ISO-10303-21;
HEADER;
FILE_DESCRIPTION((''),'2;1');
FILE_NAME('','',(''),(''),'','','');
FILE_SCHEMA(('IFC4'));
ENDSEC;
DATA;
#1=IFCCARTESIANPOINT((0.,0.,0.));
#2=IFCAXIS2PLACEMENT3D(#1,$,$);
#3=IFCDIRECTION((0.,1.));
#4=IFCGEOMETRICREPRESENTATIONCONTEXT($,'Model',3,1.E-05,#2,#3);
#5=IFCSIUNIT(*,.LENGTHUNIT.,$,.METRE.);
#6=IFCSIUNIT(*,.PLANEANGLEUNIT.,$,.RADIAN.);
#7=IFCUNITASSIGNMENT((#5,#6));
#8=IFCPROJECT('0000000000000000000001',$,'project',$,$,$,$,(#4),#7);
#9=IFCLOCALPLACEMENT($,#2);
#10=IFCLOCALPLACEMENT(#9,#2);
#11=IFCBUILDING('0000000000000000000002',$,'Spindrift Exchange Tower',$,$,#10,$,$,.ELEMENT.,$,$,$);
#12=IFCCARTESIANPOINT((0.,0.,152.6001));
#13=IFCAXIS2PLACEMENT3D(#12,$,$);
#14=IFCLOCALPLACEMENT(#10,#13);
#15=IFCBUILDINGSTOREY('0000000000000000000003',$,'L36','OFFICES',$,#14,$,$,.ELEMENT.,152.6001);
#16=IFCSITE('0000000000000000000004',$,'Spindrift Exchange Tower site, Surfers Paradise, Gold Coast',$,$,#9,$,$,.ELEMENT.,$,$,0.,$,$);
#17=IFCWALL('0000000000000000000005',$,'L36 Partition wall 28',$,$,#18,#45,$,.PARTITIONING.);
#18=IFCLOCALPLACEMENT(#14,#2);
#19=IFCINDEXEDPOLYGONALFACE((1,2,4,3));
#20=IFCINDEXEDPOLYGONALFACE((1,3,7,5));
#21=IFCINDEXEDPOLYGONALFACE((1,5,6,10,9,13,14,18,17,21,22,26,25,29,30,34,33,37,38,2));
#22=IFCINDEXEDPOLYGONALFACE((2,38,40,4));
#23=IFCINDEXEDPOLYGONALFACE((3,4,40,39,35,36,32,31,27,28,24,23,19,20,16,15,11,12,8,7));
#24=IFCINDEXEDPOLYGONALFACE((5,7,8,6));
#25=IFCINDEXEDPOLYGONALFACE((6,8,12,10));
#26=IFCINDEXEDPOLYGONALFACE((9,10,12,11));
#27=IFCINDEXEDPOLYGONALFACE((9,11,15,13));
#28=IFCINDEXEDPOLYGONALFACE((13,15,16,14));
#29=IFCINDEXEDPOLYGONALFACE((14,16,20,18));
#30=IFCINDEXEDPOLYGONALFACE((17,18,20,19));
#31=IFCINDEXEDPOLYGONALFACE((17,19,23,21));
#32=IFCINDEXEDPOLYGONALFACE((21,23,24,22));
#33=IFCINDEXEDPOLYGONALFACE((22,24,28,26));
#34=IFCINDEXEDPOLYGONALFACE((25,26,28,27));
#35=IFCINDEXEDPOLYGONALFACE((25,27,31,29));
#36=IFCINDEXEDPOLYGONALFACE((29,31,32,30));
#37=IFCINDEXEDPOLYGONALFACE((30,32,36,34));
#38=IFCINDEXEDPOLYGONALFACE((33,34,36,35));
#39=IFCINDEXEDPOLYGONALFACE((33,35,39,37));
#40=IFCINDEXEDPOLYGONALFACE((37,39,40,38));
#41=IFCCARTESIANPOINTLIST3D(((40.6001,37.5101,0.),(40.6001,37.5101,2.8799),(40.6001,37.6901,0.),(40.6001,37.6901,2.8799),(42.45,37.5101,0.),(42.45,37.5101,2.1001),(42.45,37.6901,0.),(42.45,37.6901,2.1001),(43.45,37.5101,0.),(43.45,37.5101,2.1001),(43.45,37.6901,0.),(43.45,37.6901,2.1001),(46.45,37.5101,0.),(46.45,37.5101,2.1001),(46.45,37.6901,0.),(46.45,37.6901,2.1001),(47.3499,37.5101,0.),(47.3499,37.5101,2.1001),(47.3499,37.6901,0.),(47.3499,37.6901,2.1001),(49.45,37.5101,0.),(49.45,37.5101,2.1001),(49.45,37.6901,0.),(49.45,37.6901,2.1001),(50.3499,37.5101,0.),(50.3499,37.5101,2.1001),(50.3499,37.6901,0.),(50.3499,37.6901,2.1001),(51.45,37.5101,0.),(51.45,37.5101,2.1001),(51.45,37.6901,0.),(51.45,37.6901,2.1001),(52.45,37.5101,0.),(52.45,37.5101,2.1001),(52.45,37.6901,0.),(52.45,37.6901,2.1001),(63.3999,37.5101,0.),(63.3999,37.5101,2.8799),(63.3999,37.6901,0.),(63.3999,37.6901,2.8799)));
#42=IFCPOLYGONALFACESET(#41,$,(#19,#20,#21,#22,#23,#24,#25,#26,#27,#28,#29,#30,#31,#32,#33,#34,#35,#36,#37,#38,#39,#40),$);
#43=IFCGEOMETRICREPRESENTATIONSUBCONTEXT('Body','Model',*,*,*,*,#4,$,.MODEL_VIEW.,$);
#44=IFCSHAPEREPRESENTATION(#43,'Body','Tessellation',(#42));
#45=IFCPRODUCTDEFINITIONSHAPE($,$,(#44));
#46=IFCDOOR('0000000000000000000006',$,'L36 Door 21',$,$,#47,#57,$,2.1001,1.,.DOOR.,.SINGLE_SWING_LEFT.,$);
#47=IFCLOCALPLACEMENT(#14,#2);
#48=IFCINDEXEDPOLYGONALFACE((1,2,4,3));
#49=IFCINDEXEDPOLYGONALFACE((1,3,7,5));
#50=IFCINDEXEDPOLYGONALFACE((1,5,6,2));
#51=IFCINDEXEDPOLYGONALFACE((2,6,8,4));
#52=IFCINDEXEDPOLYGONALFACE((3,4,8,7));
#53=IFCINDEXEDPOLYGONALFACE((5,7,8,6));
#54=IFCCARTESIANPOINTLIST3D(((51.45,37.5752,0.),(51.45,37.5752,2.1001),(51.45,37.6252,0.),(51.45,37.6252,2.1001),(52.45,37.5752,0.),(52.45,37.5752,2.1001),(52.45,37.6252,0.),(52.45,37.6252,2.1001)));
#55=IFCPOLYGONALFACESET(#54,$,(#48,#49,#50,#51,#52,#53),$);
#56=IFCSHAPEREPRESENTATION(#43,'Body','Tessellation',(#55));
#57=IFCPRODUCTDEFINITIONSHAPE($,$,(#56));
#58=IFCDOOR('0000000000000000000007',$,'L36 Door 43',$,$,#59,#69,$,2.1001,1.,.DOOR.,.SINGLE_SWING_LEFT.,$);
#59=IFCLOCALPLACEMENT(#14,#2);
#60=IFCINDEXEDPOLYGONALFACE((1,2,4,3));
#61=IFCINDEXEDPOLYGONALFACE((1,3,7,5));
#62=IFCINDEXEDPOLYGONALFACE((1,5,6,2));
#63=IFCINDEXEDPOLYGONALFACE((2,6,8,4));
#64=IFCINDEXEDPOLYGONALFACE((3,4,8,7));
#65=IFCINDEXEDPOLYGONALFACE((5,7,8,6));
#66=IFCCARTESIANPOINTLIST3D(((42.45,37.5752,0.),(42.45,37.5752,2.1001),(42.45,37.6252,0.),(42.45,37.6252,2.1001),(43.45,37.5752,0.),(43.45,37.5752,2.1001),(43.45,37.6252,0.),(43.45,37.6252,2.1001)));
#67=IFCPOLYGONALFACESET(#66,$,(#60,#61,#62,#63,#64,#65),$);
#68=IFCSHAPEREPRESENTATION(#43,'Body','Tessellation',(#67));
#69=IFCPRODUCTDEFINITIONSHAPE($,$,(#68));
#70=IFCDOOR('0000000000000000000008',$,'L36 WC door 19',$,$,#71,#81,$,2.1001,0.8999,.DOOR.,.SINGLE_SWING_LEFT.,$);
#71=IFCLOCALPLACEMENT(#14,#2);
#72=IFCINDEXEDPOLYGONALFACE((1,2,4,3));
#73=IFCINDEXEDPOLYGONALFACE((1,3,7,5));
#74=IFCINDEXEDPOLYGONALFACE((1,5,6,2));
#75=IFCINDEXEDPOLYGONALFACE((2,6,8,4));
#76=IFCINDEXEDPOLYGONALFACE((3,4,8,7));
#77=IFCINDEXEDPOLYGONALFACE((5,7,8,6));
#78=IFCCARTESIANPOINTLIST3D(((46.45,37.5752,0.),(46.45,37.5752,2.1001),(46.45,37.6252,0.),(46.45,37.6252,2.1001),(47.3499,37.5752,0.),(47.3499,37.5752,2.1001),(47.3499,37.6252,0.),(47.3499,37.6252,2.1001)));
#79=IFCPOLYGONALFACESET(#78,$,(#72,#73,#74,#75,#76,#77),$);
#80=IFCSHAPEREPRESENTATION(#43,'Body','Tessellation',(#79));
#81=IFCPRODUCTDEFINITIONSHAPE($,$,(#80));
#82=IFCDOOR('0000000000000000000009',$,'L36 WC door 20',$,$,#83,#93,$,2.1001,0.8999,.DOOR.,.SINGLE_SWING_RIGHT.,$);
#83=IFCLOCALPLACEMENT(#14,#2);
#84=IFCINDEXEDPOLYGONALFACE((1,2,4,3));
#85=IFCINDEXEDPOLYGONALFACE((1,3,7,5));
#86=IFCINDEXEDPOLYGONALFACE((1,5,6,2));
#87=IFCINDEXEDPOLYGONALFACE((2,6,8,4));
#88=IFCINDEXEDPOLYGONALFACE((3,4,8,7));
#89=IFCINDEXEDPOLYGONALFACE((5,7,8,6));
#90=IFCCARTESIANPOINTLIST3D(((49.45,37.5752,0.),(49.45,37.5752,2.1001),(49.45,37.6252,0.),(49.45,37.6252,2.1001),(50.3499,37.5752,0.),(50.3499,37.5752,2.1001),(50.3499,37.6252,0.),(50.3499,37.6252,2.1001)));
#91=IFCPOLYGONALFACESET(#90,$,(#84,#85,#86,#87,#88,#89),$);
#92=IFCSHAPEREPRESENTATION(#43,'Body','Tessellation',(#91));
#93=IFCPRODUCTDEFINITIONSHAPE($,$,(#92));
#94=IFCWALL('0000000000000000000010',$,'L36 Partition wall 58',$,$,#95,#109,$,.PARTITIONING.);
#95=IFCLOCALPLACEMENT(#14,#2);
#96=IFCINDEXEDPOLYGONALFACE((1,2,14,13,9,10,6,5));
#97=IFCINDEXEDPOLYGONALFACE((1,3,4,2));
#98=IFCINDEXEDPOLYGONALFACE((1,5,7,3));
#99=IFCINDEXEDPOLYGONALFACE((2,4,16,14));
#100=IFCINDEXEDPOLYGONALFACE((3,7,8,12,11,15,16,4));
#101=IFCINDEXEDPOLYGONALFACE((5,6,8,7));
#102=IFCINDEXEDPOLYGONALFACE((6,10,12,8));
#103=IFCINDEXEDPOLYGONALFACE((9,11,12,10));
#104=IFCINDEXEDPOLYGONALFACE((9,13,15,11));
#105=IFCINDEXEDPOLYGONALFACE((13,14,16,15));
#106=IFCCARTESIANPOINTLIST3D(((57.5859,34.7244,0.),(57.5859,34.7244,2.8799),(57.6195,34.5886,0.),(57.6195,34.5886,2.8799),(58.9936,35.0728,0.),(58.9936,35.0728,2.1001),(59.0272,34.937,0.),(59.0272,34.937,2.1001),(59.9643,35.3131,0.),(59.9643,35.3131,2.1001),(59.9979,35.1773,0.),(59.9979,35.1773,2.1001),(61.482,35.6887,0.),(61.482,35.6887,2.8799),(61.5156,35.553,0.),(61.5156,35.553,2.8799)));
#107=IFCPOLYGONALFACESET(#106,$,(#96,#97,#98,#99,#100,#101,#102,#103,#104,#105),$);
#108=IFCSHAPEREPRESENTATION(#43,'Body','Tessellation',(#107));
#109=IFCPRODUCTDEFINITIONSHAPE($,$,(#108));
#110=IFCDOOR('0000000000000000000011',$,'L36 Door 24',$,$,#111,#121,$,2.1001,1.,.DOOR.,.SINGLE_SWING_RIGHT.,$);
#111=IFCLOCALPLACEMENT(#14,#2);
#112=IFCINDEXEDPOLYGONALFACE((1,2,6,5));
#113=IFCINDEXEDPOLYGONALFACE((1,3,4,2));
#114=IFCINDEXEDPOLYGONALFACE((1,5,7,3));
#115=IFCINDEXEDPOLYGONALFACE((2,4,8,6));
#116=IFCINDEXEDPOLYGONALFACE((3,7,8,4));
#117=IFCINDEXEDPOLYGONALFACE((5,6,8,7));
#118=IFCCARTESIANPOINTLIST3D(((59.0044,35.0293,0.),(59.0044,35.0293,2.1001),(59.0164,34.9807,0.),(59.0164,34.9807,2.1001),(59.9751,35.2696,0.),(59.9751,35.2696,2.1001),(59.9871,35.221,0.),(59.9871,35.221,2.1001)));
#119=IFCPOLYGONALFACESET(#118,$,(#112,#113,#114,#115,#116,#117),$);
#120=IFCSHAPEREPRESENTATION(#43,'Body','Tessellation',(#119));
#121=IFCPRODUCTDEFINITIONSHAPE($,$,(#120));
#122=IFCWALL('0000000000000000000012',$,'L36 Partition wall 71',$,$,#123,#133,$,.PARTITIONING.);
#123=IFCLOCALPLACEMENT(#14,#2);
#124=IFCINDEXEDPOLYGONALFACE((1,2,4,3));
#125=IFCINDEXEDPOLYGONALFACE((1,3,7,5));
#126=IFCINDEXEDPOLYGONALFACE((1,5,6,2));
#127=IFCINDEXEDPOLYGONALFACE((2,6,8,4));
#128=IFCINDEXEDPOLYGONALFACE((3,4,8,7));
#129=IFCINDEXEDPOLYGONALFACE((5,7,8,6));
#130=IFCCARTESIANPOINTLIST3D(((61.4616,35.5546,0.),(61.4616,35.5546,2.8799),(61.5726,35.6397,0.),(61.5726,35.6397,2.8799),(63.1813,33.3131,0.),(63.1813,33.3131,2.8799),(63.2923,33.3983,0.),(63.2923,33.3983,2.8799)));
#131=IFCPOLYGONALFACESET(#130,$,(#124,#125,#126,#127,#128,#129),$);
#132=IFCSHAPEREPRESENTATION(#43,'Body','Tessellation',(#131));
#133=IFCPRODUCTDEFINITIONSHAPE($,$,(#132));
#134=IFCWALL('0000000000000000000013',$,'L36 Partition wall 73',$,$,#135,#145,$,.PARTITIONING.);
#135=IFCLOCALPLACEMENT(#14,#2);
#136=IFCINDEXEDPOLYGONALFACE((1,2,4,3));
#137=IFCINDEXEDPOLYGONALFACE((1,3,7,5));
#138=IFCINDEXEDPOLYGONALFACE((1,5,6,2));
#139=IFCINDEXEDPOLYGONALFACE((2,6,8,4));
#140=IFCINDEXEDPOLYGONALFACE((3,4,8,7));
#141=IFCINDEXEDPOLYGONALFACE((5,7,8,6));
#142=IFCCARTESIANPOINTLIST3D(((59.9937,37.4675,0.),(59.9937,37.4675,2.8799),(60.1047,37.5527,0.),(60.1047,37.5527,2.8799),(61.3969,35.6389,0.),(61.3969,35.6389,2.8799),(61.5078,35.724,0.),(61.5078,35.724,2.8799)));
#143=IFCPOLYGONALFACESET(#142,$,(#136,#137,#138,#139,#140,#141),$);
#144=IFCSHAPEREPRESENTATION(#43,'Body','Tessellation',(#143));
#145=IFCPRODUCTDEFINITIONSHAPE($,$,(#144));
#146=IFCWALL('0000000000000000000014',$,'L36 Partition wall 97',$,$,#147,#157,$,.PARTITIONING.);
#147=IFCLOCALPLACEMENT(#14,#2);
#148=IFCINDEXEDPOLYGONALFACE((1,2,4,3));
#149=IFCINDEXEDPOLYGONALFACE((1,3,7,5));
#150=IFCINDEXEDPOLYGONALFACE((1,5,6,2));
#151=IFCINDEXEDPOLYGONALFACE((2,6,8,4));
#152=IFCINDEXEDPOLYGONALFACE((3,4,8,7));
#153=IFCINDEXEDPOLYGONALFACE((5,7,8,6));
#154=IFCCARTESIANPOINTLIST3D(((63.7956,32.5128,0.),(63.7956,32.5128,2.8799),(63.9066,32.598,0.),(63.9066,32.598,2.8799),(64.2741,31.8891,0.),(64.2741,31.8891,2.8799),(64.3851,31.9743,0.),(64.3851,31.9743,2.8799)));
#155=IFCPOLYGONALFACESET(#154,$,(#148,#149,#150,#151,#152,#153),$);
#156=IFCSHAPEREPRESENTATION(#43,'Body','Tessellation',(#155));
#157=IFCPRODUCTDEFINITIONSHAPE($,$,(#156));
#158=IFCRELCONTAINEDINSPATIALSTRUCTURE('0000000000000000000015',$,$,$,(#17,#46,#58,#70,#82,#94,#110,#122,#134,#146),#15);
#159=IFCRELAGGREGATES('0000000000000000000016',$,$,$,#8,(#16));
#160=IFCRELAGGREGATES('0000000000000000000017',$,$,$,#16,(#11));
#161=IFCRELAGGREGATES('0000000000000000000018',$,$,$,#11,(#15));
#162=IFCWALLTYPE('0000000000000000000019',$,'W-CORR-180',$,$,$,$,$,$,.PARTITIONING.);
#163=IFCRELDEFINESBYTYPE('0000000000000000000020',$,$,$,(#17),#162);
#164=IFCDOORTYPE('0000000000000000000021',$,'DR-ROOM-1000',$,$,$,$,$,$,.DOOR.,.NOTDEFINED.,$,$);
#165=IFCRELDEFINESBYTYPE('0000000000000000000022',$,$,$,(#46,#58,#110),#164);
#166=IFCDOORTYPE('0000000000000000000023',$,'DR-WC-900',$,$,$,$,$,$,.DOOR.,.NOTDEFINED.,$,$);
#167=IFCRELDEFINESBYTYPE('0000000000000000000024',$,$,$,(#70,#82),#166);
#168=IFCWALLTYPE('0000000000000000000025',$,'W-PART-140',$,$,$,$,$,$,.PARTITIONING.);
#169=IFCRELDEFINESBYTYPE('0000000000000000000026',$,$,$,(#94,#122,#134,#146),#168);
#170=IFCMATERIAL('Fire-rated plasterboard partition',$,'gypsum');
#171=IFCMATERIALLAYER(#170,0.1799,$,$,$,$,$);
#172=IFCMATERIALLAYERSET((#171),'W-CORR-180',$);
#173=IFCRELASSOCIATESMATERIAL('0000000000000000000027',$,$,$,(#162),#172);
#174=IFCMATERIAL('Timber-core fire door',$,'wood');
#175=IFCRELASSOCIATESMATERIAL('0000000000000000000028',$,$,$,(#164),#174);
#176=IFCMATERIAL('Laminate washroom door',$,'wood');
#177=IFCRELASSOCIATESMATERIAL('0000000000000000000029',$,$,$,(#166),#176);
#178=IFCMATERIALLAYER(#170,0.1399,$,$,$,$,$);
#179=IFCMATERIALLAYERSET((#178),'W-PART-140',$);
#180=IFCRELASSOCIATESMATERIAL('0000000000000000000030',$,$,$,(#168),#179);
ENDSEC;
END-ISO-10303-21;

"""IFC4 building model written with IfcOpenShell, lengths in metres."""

from ifc_helpers import new_model, si_unit, direction, frame, frame_2d, origin, place, context, subcontext, project, spatial, rectangle, extrude, source, transform, mapped, material, layer, layer_set, type_object, element, fill, save


model = new_model("IFC4")

# Units and contexts
model_context = context("Model", 3, precision=1e-05, world=origin(), true_north=direction((0.0, 1.0)))
body_context = subcontext(model_context, "Body", "Model", "MODEL_VIEW")
ifc_project = project(units=[si_unit("LENGTHUNIT", "METRE"), si_unit("PLANEANGLEUNIT", "RADIAN")], contexts=[model_context])

# Site, building, storey
site_placement = place(None, origin())
site = spatial("IfcSite", under=ifc_project, at=site_placement, Name="Spindrift Exchange Tower site, Surfers Paradise, Gold Coast", CompositionType="ELEMENT", RefElevation=0.0)
building_placement = place(site_placement, origin())
building = spatial("IfcBuilding", under=site, at=building_placement, Name="Spindrift Exchange Tower", CompositionType="ELEMENT")
storey_placement = place(building_placement, frame((0.0, 0.0, 152.6001)))
storey = spatial("IfcBuildingStorey", under=building, at=storey_placement, Name="L36", Description="OFFICES", CompositionType="ELEMENT", Elevation=152.6001)

# Wall, openings, doors
ifc_material_1 = material(Name="Fire-rated plasterboard partition", Category="gypsum")
ifc_layer_1 = layer(ifc_material_1, 0.1799)
ifc_layer_set_1 = layer_set([ifc_layer_1], Name="W-CORR-180")
wall_type_1 = type_object("IfcWallType", Name="W-CORR-180", PredefinedType="PARTITIONING", material=ifc_layer_set_1)
wall_1_placement = place(storey_placement, frame((63.3999, 37.6001, 0.0), z_axis=(0.0, 0.0, 1.0), x_axis=(-1.0, 0.0, 0.0)))
wall_1 = element("IfcWall", 1, at=wall_1_placement, inside=storey, type_object=wall_type_1, Name="L36 Partition wall 28", PredefinedType="PARTITIONING", context=body_context, shape_type="SweptSolid", body=[
    extrude(rectangle(XDim=22.7998, YDim=0.1799, at=frame_2d((11.3999, 0.0))), origin(), (0.0, 0.0, 1.0), 2.8799),
])
opening_1_placement = place(wall_1_placement, frame((16.05, 0.0, 0.0)))
opening_1 = element("IfcOpeningElement", 2, at=opening_1_placement, cuts=wall_1, PredefinedType="OPENING", context=body_context, shape_type="SweptSolid", body=[
    extrude(rectangle(XDim=0.8999, YDim=2.1001, at=frame_2d((0.45, 1.05))), frame((0.0, 0.0999, 0.0), z_axis=(0.0, -1.0, 0.0), x_axis=(1.0, 0.0, 0.0)), (0.0, 0.0, 1.0), 0.2),
])
opening_2_placement = place(wall_1_placement, frame((13.05, 0.0, 0.0)))
opening_2 = element("IfcOpeningElement", 3, at=opening_2_placement, cuts=wall_1, PredefinedType="OPENING", context=body_context, shape_type="SweptSolid", body=[
    extrude(rectangle(XDim=0.8999, YDim=2.1001, at=frame_2d((0.45, 1.05))), frame((0.0, 0.0999, 0.0), z_axis=(0.0, -1.0, 0.0), x_axis=(1.0, 0.0, 0.0)), (0.0, 0.0, 1.0), 0.2),
])
opening_3_placement = place(wall_1_placement, frame((10.95, 0.0, 0.0)))
opening_3 = element("IfcOpeningElement", 4, at=opening_3_placement, cuts=wall_1, PredefinedType="OPENING", context=body_context, shape_type="SweptSolid", body=[
    extrude(rectangle(XDim=1.0, YDim=2.1001, at=frame_2d((0.5, 1.05))), frame((0.0, 0.0999, 0.0), z_axis=(0.0, -1.0, 0.0), x_axis=(1.0, 0.0, 0.0)), (0.0, 0.0, 1.0), 0.2),
])
opening_4_placement = place(wall_1_placement, frame((19.95, 0.0, 0.0)))
opening_4 = element("IfcOpeningElement", 5, at=opening_4_placement, cuts=wall_1, PredefinedType="OPENING", context=body_context, shape_type="SweptSolid", body=[
    extrude(rectangle(XDim=1.0, YDim=2.1001, at=frame_2d((0.5, 1.05))), frame((0.0, 0.0999, 0.0), z_axis=(0.0, -1.0, 0.0), x_axis=(1.0, 0.0, 0.0)), (0.0, 0.0, 1.0), 0.2),
])
ifc_material_2 = material(Name="Timber-core fire door", Category="wood")
door_type_1 = type_object("IfcDoorType", Name="DR-ROOM-1000", OperationType="NOTDEFINED", PredefinedType="DOOR", material=ifc_material_2)
shared_shape_1 = source(origin(), body_context, "Body", "SweptSolid", [
    extrude(rectangle(XDim=1.0, YDim=2.1001, at=frame_2d((0.5, 1.05))), frame((0.0, 0.0249, 0.0), z_axis=(0.0, -1.0, 0.0), x_axis=(1.0, 0.0, 0.0)), (0.0, 0.0, 1.0), 0.05),
])
door_1_placement = place(opening_3_placement, origin())
door_1 = element("IfcDoor", 6, at=door_1_placement, inside=storey, type_object=door_type_1, Name="L36 Door 21", OperationType="SINGLE_SWING_LEFT", OverallHeight=2.1001, OverallWidth=1.0, PredefinedType="DOOR", context=body_context, shape_type="MappedRepresentation", body=[
    mapped(shared_shape_1, transform((0.0, 0.0, 0.0), scale=1.0)),
])
fill(opening_3, door_1)
door_2_placement = place(opening_4_placement, origin())
door_2 = element("IfcDoor", 7, at=door_2_placement, inside=storey, type_object=door_type_1, Name="L36 Door 43", OperationType="SINGLE_SWING_LEFT", OverallHeight=2.1001, OverallWidth=1.0, PredefinedType="DOOR", context=body_context, shape_type="MappedRepresentation", body=[
    mapped(shared_shape_1, transform((0.0, 0.0, 0.0), scale=1.0)),
])
fill(opening_4, door_2)
ifc_material_3 = material(Name="Laminate washroom door", Category="wood")
door_type_2 = type_object("IfcDoorType", Name="DR-WC-900", OperationType="NOTDEFINED", PredefinedType="DOOR", material=ifc_material_3)
shared_shape_2 = source(origin(), body_context, "Body", "SweptSolid", [
    extrude(rectangle(XDim=0.8999, YDim=2.1001, at=frame_2d((0.45, 1.05))), frame((0.0, 0.0249, 0.0), z_axis=(0.0, -1.0, 0.0), x_axis=(1.0, 0.0, 0.0)), (0.0, 0.0, 1.0), 0.05),
])
door_3_placement = place(opening_1_placement, origin())
door_3 = element("IfcDoor", 8, at=door_3_placement, inside=storey, type_object=door_type_2, Name="L36 WC door 19", OperationType="SINGLE_SWING_LEFT", OverallHeight=2.1001, OverallWidth=0.8999, PredefinedType="DOOR", context=body_context, shape_type="MappedRepresentation", body=[
    mapped(shared_shape_2, transform((0.0, 0.0, 0.0), scale=1.0)),
])
fill(opening_1, door_3)
door_4_placement = place(opening_2_placement, origin())
door_4 = element("IfcDoor", 9, at=door_4_placement, inside=storey, type_object=door_type_2, Name="L36 WC door 20", OperationType="SINGLE_SWING_RIGHT", OverallHeight=2.1001, OverallWidth=0.8999, PredefinedType="DOOR", context=body_context, shape_type="MappedRepresentation", body=[
    mapped(shared_shape_2, transform((0.0, 0.0, 0.0), scale=1.0)),
])
fill(opening_2, door_4)

# Wall, opening, door
ifc_layer_2 = layer(ifc_material_1, 0.1399)
ifc_layer_set_2 = layer_set([ifc_layer_2], Name="W-PART-140")
wall_type_2 = type_object("IfcWallType", Name="W-PART-140", PredefinedType="PARTITIONING", material=ifc_layer_set_2)
wall_2_placement = place(storey_placement, frame((61.4988, 35.6208, 0.0), z_axis=(0.0, 0.0, 1.0), x_axis=(-0.970705, -0.240274, 0.0)))
wall_2 = element("IfcWall", 10, at=wall_2_placement, inside=storey, type_object=wall_type_2, Name="L36 Partition wall 58", PredefinedType="PARTITIONING", context=body_context, shape_type="SweptSolid", body=[
    extrude(rectangle(XDim=4.0137, YDim=0.1399, at=frame_2d((2.0068, 0.0))), origin(), (0.0, 0.0, 1.0), 2.8799),
])
opening_5_placement = place(wall_2_placement, frame((1.5635, 0.0, 0.0)))
opening_5 = element("IfcOpeningElement", 11, at=opening_5_placement, cuts=wall_2, PredefinedType="OPENING", context=body_context, shape_type="SweptSolid", body=[
    extrude(rectangle(XDim=1.0, YDim=2.1001, at=frame_2d((0.5, 1.05))), frame((0.0, 0.0798, 0.0), z_axis=(0.0, -1.0, 0.0), x_axis=(1.0, 0.0, 0.0)), (0.0, 0.0, 1.0), 0.1599),
])
door_5_placement = place(opening_5_placement, origin())
door_5 = element("IfcDoor", 12, at=door_5_placement, inside=storey, type_object=door_type_1, Name="L36 Door 24", OperationType="SINGLE_SWING_RIGHT", OverallHeight=2.1001, OverallWidth=1.0, PredefinedType="DOOR", context=body_context, shape_type="MappedRepresentation", body=[
    mapped(shared_shape_1, transform((0.0, 0.0, 0.0), scale=1.0)),
])
fill(opening_5, door_5)

# Walls
wall_3_placement = place(storey_placement, frame((61.5171, 35.5972, 0.0), z_axis=(0.0, 0.0, 1.0), x_axis=(0.608716, -0.793388, 0.0)))
element("IfcWall", 13, at=wall_3_placement, inside=storey, type_object=wall_type_2, Name="L36 Partition wall 71", PredefinedType="PARTITIONING", context=body_context, shape_type="SweptSolid", body=[
    extrude(rectangle(XDim=2.8252, YDim=0.1399, at=frame_2d((1.4126, 0.0))), origin(), (0.0, 0.0, 1.0), 2.8799),
])
wall_4_placement = place(storey_placement, frame((60.0493, 37.51, 0.0), z_axis=(0.0, 0.0, 1.0), x_axis=(0.608743, -0.793368, 0.0)))
element("IfcWall", 14, at=wall_4_placement, inside=storey, type_object=wall_type_2, Name="L36 Partition wall 73", PredefinedType="PARTITIONING", context=body_context, shape_type="SweptSolid", body=[
    extrude(rectangle(XDim=2.3049, YDim=0.1399, at=frame_2d((1.1523, 0.0))), origin(), (0.0, 0.0, 1.0), 2.8799),
])
wall_5_placement = place(storey_placement, frame((63.8511, 32.5554, 0.0), z_axis=(0.0, 0.0, 1.0), x_axis=(0.60866, -0.793431, 0.0)))
element("IfcWall", 15, at=wall_5_placement, inside=storey, type_object=wall_type_2, Name="L36 Partition wall 97", PredefinedType="PARTITIONING", context=body_context, shape_type="SweptSolid", body=[
    extrude(rectangle(XDim=0.7861, YDim=0.1399, at=frame_2d((0.3931, 0.0))), origin(), (0.0, 0.0, 1.0), 2.8799),
])

save(model, "model.ifc")
